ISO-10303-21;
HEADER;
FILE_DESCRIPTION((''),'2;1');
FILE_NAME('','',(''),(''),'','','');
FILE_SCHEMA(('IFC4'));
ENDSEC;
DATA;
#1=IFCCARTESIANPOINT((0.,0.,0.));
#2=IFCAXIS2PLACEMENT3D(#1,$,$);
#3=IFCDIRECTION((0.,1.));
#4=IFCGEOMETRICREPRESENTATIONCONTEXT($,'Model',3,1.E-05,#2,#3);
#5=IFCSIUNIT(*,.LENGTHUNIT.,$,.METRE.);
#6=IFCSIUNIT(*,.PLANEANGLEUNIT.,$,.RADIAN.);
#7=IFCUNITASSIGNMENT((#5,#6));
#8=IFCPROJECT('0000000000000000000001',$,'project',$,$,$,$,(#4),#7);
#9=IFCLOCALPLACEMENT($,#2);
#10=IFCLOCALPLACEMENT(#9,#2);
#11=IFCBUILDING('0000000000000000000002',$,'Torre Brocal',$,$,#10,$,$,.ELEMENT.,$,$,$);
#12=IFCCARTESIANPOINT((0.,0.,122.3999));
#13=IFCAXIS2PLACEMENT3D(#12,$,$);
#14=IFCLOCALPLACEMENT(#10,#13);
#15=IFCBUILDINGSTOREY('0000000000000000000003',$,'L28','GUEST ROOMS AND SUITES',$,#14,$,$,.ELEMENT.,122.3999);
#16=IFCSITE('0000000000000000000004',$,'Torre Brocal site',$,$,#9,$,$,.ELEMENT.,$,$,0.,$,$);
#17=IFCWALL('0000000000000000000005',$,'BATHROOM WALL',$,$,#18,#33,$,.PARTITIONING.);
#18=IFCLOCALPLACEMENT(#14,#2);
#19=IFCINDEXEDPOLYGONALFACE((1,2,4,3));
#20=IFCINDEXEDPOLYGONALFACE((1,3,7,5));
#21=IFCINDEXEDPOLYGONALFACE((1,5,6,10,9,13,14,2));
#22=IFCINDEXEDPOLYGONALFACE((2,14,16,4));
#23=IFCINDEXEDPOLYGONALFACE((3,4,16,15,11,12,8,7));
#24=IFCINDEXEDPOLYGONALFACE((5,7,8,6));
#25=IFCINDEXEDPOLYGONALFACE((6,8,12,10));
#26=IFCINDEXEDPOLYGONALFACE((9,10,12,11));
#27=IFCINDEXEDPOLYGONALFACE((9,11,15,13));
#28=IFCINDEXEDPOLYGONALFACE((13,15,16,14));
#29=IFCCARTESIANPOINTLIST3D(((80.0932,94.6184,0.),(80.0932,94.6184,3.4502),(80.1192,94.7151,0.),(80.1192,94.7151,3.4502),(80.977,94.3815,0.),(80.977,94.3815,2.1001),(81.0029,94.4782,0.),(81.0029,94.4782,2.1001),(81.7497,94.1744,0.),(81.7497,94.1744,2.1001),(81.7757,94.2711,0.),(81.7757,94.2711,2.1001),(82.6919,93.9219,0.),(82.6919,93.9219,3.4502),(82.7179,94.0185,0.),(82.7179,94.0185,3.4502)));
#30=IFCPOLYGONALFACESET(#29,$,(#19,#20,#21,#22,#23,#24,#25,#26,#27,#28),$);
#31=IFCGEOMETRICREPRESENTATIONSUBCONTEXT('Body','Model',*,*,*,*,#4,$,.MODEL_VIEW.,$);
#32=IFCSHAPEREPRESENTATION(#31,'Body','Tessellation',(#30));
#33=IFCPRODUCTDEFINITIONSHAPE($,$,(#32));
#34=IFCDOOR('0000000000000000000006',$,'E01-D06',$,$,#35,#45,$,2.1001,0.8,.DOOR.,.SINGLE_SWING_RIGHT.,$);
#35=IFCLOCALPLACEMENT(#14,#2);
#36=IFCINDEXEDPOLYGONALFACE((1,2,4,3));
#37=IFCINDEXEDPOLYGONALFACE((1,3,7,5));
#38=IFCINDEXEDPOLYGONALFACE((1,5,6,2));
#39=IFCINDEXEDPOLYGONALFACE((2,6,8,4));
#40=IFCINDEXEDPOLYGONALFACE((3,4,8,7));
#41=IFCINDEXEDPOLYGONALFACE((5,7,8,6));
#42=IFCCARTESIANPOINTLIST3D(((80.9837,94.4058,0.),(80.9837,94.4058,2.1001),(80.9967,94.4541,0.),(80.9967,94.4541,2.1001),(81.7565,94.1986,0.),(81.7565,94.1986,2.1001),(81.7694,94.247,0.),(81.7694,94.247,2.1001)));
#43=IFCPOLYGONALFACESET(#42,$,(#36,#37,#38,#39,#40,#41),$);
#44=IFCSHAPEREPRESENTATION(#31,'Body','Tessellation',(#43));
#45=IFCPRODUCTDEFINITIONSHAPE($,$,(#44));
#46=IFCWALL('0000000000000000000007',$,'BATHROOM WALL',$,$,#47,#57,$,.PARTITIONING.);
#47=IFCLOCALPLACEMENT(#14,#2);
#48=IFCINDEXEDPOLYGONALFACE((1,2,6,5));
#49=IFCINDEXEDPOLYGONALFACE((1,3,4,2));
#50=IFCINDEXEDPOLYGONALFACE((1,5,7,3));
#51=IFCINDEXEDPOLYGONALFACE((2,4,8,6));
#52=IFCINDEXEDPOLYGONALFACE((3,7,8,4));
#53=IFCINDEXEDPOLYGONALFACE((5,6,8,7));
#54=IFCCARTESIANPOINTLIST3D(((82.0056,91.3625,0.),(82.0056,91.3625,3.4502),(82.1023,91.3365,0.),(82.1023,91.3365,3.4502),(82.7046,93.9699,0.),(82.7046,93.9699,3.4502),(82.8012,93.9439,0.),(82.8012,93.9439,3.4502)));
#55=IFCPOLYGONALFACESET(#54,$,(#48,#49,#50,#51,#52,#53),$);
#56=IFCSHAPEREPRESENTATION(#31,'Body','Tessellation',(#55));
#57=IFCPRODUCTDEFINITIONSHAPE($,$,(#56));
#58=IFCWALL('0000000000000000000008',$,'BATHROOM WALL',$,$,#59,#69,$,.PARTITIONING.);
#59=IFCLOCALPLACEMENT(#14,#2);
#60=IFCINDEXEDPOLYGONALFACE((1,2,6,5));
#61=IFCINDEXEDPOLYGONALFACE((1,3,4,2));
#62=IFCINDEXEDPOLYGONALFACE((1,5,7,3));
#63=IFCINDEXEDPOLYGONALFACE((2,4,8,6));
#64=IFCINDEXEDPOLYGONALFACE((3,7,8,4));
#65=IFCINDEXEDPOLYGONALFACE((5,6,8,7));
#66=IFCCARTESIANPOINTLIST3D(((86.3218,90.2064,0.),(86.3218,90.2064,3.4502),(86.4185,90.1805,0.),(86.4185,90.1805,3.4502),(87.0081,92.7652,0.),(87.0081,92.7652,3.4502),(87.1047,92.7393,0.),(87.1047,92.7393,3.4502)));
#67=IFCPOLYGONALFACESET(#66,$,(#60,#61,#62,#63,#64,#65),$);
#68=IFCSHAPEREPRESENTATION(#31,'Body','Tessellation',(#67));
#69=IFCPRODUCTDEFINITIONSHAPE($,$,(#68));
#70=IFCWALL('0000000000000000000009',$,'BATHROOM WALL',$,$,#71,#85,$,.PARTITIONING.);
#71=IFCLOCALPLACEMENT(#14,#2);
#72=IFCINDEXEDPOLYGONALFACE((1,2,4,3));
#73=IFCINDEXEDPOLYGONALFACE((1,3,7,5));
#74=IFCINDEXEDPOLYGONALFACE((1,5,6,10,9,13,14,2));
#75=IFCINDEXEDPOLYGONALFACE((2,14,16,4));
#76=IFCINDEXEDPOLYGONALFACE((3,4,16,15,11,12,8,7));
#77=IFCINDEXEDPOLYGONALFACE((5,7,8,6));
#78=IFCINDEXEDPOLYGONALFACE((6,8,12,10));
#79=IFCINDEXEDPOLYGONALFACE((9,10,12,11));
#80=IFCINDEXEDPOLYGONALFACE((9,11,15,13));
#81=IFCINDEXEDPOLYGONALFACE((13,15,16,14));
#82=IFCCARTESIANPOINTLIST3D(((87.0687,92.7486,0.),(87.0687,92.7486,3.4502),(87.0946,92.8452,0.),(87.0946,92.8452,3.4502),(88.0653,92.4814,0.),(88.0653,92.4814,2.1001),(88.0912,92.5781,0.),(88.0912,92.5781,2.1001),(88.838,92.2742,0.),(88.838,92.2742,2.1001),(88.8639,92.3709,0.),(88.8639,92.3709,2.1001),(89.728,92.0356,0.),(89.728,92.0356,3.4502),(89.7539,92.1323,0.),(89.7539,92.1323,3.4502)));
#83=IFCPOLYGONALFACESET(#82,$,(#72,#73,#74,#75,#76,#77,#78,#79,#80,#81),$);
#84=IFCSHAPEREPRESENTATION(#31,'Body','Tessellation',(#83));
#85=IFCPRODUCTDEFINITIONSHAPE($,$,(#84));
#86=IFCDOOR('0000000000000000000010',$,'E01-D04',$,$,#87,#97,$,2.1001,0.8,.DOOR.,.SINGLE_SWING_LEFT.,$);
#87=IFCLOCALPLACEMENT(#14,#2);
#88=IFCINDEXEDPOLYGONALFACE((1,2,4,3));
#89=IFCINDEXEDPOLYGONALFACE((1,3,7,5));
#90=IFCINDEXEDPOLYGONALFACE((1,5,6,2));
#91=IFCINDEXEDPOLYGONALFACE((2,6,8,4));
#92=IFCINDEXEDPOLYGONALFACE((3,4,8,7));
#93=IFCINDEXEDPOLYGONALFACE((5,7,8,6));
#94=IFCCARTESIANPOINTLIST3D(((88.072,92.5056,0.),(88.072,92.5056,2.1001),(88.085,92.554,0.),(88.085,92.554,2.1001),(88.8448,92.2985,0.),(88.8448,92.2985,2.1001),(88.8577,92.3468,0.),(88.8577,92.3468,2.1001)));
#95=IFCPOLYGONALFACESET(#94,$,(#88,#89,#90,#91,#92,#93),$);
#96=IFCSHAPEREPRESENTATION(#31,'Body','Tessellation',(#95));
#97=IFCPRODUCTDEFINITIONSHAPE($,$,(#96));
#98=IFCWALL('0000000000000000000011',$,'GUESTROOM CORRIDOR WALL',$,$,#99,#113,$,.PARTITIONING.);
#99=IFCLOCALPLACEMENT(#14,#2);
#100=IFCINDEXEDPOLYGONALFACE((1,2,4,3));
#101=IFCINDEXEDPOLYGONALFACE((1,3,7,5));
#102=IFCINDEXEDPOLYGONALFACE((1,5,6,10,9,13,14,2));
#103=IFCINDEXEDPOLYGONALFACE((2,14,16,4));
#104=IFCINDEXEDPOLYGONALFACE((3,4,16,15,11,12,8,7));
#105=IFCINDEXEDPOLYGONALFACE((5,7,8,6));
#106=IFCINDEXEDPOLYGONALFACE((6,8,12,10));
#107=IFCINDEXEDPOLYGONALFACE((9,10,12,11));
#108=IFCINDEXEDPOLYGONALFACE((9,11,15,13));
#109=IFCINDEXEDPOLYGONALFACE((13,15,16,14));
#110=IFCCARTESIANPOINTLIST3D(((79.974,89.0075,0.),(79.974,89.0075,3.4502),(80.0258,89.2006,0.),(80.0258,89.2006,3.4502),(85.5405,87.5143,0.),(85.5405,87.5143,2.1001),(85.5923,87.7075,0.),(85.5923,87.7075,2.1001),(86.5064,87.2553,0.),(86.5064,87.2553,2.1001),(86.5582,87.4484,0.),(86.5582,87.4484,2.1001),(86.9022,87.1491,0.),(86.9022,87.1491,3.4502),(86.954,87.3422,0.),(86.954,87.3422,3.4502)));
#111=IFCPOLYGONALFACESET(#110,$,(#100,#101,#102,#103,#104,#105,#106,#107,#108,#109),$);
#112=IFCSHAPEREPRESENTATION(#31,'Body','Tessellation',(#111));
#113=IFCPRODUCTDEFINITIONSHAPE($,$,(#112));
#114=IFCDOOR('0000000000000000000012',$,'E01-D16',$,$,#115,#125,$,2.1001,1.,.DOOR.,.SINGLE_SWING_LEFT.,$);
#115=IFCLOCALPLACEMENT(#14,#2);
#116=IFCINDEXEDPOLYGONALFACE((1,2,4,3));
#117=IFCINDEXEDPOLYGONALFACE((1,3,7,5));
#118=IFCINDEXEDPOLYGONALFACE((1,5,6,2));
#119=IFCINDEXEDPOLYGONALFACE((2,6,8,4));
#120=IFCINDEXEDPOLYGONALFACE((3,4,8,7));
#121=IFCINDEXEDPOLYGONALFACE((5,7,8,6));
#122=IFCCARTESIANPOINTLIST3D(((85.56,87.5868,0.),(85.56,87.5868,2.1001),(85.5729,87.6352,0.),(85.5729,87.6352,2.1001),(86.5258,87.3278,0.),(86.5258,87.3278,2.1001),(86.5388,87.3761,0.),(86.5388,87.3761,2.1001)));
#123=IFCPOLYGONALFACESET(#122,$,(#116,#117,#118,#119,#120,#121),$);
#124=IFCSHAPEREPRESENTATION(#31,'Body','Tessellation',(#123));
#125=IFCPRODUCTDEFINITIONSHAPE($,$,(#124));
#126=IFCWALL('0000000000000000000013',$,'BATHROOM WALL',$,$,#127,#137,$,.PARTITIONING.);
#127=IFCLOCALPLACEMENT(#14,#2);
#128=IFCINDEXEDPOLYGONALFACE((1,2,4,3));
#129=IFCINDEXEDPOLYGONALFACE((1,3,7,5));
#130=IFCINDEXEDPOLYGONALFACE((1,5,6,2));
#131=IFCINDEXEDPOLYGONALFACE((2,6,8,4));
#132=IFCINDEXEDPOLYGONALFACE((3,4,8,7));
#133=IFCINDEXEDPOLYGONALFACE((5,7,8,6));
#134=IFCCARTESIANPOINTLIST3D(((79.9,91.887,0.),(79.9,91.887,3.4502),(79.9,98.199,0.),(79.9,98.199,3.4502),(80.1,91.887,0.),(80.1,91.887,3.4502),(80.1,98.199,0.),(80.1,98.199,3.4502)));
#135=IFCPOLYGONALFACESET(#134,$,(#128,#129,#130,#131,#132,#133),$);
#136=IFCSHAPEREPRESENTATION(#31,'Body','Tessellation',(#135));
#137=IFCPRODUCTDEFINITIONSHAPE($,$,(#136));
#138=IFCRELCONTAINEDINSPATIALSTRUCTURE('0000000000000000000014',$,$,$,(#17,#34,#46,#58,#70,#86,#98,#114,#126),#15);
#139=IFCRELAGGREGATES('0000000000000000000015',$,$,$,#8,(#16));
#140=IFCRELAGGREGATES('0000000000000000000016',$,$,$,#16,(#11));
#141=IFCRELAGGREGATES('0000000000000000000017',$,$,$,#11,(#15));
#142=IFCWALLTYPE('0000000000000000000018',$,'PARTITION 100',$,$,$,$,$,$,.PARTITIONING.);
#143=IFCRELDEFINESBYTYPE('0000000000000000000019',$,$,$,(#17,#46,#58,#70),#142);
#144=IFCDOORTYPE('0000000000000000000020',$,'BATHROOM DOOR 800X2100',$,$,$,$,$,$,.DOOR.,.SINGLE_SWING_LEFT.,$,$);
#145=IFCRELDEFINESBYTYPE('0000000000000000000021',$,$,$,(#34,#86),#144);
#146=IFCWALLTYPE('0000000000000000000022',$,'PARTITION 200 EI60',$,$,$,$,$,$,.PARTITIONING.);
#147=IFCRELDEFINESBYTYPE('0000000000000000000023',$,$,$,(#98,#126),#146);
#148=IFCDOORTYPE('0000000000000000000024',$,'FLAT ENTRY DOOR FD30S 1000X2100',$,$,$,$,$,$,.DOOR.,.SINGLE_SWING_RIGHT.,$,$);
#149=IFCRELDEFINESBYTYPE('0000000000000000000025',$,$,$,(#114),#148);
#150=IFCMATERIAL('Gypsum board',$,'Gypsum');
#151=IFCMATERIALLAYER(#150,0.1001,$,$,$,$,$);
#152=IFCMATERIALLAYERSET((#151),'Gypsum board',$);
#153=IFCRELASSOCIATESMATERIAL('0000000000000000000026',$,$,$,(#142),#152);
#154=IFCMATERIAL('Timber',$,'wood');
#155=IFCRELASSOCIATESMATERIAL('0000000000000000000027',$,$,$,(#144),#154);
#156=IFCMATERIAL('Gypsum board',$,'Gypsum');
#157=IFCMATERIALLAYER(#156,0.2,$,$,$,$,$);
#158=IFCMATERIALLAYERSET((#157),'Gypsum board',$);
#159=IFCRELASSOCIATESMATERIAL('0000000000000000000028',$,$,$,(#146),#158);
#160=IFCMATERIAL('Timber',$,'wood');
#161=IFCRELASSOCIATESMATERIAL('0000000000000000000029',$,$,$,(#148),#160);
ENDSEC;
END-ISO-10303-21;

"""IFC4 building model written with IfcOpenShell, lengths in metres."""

from ifc_helpers import new_model, si_unit, direction, frame, frame_2d, origin, place, context, subcontext, project, spatial, rectangle, extrude, material, layer, layer_set, type_object, element, fill, save


model = new_model("IFC4")

# Units and contexts
model_context = context("Model", 3, precision=1e-05, world=origin(), true_north=direction((0.0, 1.0)))
body_context = subcontext(model_context, "Body", "Model", "MODEL_VIEW")
ifc_project = project(units=[si_unit("LENGTHUNIT", "METRE"), si_unit("PLANEANGLEUNIT", "RADIAN")], contexts=[model_context])

# Site, building, storey
site_placement = place(None, origin())
site = spatial("IfcSite", under=ifc_project, at=site_placement, Name="Torre Brocal site", CompositionType="ELEMENT", RefElevation=0.0)
building_placement = place(site_placement, origin())
building = spatial("IfcBuilding", under=site, at=building_placement, Name="Torre Brocal", CompositionType="ELEMENT")
storey_placement = place(building_placement, frame((0.0, 0.0, 122.3999)))
storey = spatial("IfcBuildingStorey", under=building, at=storey_placement, Name="L28", Description="GUEST ROOMS AND SUITES", CompositionType="ELEMENT", Elevation=122.3999)

# Wall, opening, door
ifc_material_1 = material(Name="Gypsum board", Category="Gypsum")
ifc_layer_1 = layer(ifc_material_1, 0.1001)
ifc_layer_set_1 = layer_set([ifc_layer_1], Name="Gypsum board")
wall_type_1 = type_object("IfcWallType", Name="PARTITION 100", PredefinedType="PARTITIONING", material=ifc_layer_set_1)
wall_1_placement = place(storey_placement, frame((80.1062, 94.6667, 0.0), z_axis=(0.0, 0.0, 1.0), x_axis=(0.965904, -0.258899, 0.0)))
wall_1 = element("IfcWall", 1, at=wall_1_placement, inside=storey, type_object=wall_type_1, Name="BATHROOM WALL", PredefinedType="PARTITIONING", context=body_context, shape_type="SweptSolid", body=[
    extrude(rectangle(XDim=2.6904, YDim=0.1001, at=frame_2d((1.3452, 0.0))), origin(), (0.0, 0.0, 1.0), 3.4502),
])
opening_1_placement = place(wall_1_placement, frame((0.915, 0.0, 0.0)))
opening_1 = element("IfcOpeningElement", 2, at=opening_1_placement, cuts=wall_1, PredefinedType="OPENING", context=body_context, shape_type="SweptSolid", body=[
    extrude(rectangle(XDim=0.8, YDim=2.1001, at=frame_2d((0.3999, 1.05))), frame((0.0, 0.0601, 0.0), z_axis=(0.0, -1.0, 0.0), x_axis=(1.0, 0.0, 0.0)), (0.0, 0.0, 1.0), 0.1201),
])
ifc_material_2 = material(Name="Timber", Category="wood")
door_type_1 = type_object("IfcDoorType", Name="BATHROOM DOOR 800X2100", OperationType="SINGLE_SWING_LEFT", PredefinedType="DOOR", material=ifc_material_2)
door_1_placement = place(opening_1_placement, frame((0.8, 0.0, 0.0), z_axis=(0.0, 0.0, 1.0), x_axis=(-1.0, 0.0, 0.0)))
door_1 = element("IfcDoor", 3, at=door_1_placement, inside=storey, type_object=door_type_1, Name="E01-D06", OperationType="SINGLE_SWING_RIGHT", OverallHeight=2.1001, OverallWidth=0.8, PredefinedType="DOOR", context=body_context, shape_type="SweptSolid", body=[
    extrude(rectangle(XDim=0.8, YDim=2.1001, at=frame_2d((0.3999, 1.05))), frame((0.0, 0.0249, 0.0), z_axis=(0.0, -1.0, 0.0), x_axis=(1.0, 0.0, 0.0)), (0.0, 0.0, 1.0), 0.05),
])
fill(opening_1, door_1)

# Walls
wall_2_placement = place(storey_placement, frame((82.054, 91.3496, 0.0), z_axis=(0.0, 0.0, 1.0), x_axis=(0.258929, 0.965896, 0.0)))
element("IfcWall", 4, at=wall_2_placement, inside=storey, type_object=wall_type_1, Name="BATHROOM WALL", PredefinedType="PARTITIONING", context=body_context, shape_type="SweptSolid", body=[
    extrude(rectangle(XDim=2.6995, YDim=0.1001, at=frame_2d((1.3496, 0.0))), origin(), (0.0, 0.0, 1.0), 3.4502),
])
wall_3_placement = place(storey_placement, frame((86.3701, 90.1934, 0.0), z_axis=(0.0, 0.0, 1.0), x_axis=(0.259045, 0.965865, 0.0)))
element("IfcWall", 5, at=wall_3_placement, inside=storey, type_object=wall_type_1, Name="BATHROOM WALL", PredefinedType="PARTITIONING", context=body_context, shape_type="SweptSolid", body=[
    extrude(rectangle(XDim=2.6492, YDim=0.1001, at=frame_2d((1.3247, 0.0))), origin(), (0.0, 0.0, 1.0), 3.4502),
])

# Walls, openings, doors
wall_4_placement = place(storey_placement, frame((87.0818, 92.7969, 0.0), z_axis=(0.0, 0.0, 1.0), x_axis=(0.965893, -0.258943, 0.0)))
wall_4 = element("IfcWall", 6, at=wall_4_placement, inside=storey, type_object=wall_type_1, Name="BATHROOM WALL", PredefinedType="PARTITIONING", context=body_context, shape_type="SweptSolid", body=[
    extrude(rectangle(XDim=2.7532, YDim=0.1001, at=frame_2d((1.3765, 0.0))), origin(), (0.0, 0.0, 1.0), 3.4502),
])
opening_2_placement = place(wall_4_placement, frame((1.0317, 0.0, 0.0)))
opening_2 = element("IfcOpeningElement", 7, at=opening_2_placement, cuts=wall_4, PredefinedType="OPENING", context=body_context, shape_type="SweptSolid", body=[
    extrude(rectangle(XDim=0.8, YDim=2.1001, at=frame_2d((0.3999, 1.05))), frame((0.0, 0.0601, 0.0), z_axis=(0.0, -1.0, 0.0), x_axis=(1.0, 0.0, 0.0)), (0.0, 0.0, 1.0), 0.1201),
])
door_2_placement = place(opening_2_placement, frame((0.8, 0.0, 0.0), z_axis=(0.0, 0.0, 1.0), x_axis=(-1.0, 0.0, 0.0)))
door_2 = element("IfcDoor", 8, at=door_2_placement, inside=storey, type_object=door_type_1, Name="E01-D04", OperationType="SINGLE_SWING_LEFT", OverallHeight=2.1001, OverallWidth=0.8, PredefinedType="DOOR", context=body_context, shape_type="SweptSolid", body=[
    extrude(rectangle(XDim=0.8, YDim=2.1001, at=frame_2d((0.3999, 1.05))), frame((0.0, 0.0249, 0.0), z_axis=(0.0, -1.0, 0.0), x_axis=(1.0, 0.0, 0.0)), (0.0, 0.0, 1.0), 0.05),
])
fill(opening_2, door_2)
ifc_material_3 = material(Name="Gypsum board", Category="Gypsum")
ifc_layer_2 = layer(ifc_material_3, 0.2)
ifc_layer_set_2 = layer_set([ifc_layer_2], Name="Gypsum board")
wall_type_2 = type_object("IfcWallType", Name="PARTITION 200 EI60", PredefinedType="PARTITIONING", material=ifc_layer_set_2)
wall_5_placement = place(storey_placement, frame((80.0, 89.104, 0.0), z_axis=(0.0, 0.0, 1.0), x_axis=(0.965857, -0.259077, 0.0)))
wall_5 = element("IfcWall", 9, at=wall_5_placement, inside=storey, type_object=wall_type_2, Name="GUESTROOM CORRIDOR WALL", PredefinedType="PARTITIONING", context=body_context, shape_type="SweptSolid", body=[
    extrude(rectangle(XDim=7.1731, YDim=0.2, at=frame_2d((3.5864, 0.0))), origin(), (0.0, 0.0, 1.0), 3.4502),
])
opening_3_placement = place(wall_5_placement, frame((5.7632, 0.0, 0.0)))
opening_3 = element("IfcOpeningElement", 10, at=opening_3_placement, cuts=wall_5, PredefinedType="OPENING", context=body_context, shape_type="SweptSolid", body=[
    extrude(rectangle(XDim=1.0, YDim=2.1001, at=frame_2d((0.5, 1.05))), frame((0.0, 0.1099, 0.0), z_axis=(0.0, -1.0, 0.0), x_axis=(1.0, 0.0, 0.0)), (0.0, 0.0, 1.0), 0.22),
])
ifc_material_4 = material(Name="Timber", Category="wood")
door_type_2 = type_object("IfcDoorType", Name="FLAT ENTRY DOOR FD30S 1000X2100", OperationType="SINGLE_SWING_RIGHT", PredefinedType="DOOR", material=ifc_material_4)
door_3_placement = place(opening_3_placement, frame((1.0, 0.0, 0.0), z_axis=(0.0, 0.0, 1.0), x_axis=(-1.0, 0.0, 0.0)))
door_3 = element("IfcDoor", 11, at=door_3_placement, inside=storey, type_object=door_type_2, Name="E01-D16", OperationType="SINGLE_SWING_LEFT", OverallHeight=2.1001, OverallWidth=1.0, PredefinedType="DOOR", context=body_context, shape_type="SweptSolid", body=[
    extrude(rectangle(XDim=1.0, YDim=2.1001, at=frame_2d((0.5, 1.05))), frame((0.0, 0.0249, 0.0), z_axis=(0.0, -1.0, 0.0), x_axis=(1.0, 0.0, 0.0)), (0.0, 0.0, 1.0), 0.05),
])
fill(opening_3, door_3)

# Wall
wall_6_placement = place(storey_placement, frame((80.0, 91.887, 0.0), z_axis=(0.0, 0.0, 1.0), x_axis=(0.0, 1.0, 0.0)))
element("IfcWall", 12, at=wall_6_placement, inside=storey, type_object=wall_type_2, Name="BATHROOM WALL", PredefinedType="PARTITIONING", context=body_context, shape_type="SweptSolid", body=[
    extrude(rectangle(XDim=6.312, YDim=0.2, at=frame_2d((3.156, 0.0))), origin(), (0.0, 0.0, 1.0), 3.4502),
])

save(model, "model.ifc")
